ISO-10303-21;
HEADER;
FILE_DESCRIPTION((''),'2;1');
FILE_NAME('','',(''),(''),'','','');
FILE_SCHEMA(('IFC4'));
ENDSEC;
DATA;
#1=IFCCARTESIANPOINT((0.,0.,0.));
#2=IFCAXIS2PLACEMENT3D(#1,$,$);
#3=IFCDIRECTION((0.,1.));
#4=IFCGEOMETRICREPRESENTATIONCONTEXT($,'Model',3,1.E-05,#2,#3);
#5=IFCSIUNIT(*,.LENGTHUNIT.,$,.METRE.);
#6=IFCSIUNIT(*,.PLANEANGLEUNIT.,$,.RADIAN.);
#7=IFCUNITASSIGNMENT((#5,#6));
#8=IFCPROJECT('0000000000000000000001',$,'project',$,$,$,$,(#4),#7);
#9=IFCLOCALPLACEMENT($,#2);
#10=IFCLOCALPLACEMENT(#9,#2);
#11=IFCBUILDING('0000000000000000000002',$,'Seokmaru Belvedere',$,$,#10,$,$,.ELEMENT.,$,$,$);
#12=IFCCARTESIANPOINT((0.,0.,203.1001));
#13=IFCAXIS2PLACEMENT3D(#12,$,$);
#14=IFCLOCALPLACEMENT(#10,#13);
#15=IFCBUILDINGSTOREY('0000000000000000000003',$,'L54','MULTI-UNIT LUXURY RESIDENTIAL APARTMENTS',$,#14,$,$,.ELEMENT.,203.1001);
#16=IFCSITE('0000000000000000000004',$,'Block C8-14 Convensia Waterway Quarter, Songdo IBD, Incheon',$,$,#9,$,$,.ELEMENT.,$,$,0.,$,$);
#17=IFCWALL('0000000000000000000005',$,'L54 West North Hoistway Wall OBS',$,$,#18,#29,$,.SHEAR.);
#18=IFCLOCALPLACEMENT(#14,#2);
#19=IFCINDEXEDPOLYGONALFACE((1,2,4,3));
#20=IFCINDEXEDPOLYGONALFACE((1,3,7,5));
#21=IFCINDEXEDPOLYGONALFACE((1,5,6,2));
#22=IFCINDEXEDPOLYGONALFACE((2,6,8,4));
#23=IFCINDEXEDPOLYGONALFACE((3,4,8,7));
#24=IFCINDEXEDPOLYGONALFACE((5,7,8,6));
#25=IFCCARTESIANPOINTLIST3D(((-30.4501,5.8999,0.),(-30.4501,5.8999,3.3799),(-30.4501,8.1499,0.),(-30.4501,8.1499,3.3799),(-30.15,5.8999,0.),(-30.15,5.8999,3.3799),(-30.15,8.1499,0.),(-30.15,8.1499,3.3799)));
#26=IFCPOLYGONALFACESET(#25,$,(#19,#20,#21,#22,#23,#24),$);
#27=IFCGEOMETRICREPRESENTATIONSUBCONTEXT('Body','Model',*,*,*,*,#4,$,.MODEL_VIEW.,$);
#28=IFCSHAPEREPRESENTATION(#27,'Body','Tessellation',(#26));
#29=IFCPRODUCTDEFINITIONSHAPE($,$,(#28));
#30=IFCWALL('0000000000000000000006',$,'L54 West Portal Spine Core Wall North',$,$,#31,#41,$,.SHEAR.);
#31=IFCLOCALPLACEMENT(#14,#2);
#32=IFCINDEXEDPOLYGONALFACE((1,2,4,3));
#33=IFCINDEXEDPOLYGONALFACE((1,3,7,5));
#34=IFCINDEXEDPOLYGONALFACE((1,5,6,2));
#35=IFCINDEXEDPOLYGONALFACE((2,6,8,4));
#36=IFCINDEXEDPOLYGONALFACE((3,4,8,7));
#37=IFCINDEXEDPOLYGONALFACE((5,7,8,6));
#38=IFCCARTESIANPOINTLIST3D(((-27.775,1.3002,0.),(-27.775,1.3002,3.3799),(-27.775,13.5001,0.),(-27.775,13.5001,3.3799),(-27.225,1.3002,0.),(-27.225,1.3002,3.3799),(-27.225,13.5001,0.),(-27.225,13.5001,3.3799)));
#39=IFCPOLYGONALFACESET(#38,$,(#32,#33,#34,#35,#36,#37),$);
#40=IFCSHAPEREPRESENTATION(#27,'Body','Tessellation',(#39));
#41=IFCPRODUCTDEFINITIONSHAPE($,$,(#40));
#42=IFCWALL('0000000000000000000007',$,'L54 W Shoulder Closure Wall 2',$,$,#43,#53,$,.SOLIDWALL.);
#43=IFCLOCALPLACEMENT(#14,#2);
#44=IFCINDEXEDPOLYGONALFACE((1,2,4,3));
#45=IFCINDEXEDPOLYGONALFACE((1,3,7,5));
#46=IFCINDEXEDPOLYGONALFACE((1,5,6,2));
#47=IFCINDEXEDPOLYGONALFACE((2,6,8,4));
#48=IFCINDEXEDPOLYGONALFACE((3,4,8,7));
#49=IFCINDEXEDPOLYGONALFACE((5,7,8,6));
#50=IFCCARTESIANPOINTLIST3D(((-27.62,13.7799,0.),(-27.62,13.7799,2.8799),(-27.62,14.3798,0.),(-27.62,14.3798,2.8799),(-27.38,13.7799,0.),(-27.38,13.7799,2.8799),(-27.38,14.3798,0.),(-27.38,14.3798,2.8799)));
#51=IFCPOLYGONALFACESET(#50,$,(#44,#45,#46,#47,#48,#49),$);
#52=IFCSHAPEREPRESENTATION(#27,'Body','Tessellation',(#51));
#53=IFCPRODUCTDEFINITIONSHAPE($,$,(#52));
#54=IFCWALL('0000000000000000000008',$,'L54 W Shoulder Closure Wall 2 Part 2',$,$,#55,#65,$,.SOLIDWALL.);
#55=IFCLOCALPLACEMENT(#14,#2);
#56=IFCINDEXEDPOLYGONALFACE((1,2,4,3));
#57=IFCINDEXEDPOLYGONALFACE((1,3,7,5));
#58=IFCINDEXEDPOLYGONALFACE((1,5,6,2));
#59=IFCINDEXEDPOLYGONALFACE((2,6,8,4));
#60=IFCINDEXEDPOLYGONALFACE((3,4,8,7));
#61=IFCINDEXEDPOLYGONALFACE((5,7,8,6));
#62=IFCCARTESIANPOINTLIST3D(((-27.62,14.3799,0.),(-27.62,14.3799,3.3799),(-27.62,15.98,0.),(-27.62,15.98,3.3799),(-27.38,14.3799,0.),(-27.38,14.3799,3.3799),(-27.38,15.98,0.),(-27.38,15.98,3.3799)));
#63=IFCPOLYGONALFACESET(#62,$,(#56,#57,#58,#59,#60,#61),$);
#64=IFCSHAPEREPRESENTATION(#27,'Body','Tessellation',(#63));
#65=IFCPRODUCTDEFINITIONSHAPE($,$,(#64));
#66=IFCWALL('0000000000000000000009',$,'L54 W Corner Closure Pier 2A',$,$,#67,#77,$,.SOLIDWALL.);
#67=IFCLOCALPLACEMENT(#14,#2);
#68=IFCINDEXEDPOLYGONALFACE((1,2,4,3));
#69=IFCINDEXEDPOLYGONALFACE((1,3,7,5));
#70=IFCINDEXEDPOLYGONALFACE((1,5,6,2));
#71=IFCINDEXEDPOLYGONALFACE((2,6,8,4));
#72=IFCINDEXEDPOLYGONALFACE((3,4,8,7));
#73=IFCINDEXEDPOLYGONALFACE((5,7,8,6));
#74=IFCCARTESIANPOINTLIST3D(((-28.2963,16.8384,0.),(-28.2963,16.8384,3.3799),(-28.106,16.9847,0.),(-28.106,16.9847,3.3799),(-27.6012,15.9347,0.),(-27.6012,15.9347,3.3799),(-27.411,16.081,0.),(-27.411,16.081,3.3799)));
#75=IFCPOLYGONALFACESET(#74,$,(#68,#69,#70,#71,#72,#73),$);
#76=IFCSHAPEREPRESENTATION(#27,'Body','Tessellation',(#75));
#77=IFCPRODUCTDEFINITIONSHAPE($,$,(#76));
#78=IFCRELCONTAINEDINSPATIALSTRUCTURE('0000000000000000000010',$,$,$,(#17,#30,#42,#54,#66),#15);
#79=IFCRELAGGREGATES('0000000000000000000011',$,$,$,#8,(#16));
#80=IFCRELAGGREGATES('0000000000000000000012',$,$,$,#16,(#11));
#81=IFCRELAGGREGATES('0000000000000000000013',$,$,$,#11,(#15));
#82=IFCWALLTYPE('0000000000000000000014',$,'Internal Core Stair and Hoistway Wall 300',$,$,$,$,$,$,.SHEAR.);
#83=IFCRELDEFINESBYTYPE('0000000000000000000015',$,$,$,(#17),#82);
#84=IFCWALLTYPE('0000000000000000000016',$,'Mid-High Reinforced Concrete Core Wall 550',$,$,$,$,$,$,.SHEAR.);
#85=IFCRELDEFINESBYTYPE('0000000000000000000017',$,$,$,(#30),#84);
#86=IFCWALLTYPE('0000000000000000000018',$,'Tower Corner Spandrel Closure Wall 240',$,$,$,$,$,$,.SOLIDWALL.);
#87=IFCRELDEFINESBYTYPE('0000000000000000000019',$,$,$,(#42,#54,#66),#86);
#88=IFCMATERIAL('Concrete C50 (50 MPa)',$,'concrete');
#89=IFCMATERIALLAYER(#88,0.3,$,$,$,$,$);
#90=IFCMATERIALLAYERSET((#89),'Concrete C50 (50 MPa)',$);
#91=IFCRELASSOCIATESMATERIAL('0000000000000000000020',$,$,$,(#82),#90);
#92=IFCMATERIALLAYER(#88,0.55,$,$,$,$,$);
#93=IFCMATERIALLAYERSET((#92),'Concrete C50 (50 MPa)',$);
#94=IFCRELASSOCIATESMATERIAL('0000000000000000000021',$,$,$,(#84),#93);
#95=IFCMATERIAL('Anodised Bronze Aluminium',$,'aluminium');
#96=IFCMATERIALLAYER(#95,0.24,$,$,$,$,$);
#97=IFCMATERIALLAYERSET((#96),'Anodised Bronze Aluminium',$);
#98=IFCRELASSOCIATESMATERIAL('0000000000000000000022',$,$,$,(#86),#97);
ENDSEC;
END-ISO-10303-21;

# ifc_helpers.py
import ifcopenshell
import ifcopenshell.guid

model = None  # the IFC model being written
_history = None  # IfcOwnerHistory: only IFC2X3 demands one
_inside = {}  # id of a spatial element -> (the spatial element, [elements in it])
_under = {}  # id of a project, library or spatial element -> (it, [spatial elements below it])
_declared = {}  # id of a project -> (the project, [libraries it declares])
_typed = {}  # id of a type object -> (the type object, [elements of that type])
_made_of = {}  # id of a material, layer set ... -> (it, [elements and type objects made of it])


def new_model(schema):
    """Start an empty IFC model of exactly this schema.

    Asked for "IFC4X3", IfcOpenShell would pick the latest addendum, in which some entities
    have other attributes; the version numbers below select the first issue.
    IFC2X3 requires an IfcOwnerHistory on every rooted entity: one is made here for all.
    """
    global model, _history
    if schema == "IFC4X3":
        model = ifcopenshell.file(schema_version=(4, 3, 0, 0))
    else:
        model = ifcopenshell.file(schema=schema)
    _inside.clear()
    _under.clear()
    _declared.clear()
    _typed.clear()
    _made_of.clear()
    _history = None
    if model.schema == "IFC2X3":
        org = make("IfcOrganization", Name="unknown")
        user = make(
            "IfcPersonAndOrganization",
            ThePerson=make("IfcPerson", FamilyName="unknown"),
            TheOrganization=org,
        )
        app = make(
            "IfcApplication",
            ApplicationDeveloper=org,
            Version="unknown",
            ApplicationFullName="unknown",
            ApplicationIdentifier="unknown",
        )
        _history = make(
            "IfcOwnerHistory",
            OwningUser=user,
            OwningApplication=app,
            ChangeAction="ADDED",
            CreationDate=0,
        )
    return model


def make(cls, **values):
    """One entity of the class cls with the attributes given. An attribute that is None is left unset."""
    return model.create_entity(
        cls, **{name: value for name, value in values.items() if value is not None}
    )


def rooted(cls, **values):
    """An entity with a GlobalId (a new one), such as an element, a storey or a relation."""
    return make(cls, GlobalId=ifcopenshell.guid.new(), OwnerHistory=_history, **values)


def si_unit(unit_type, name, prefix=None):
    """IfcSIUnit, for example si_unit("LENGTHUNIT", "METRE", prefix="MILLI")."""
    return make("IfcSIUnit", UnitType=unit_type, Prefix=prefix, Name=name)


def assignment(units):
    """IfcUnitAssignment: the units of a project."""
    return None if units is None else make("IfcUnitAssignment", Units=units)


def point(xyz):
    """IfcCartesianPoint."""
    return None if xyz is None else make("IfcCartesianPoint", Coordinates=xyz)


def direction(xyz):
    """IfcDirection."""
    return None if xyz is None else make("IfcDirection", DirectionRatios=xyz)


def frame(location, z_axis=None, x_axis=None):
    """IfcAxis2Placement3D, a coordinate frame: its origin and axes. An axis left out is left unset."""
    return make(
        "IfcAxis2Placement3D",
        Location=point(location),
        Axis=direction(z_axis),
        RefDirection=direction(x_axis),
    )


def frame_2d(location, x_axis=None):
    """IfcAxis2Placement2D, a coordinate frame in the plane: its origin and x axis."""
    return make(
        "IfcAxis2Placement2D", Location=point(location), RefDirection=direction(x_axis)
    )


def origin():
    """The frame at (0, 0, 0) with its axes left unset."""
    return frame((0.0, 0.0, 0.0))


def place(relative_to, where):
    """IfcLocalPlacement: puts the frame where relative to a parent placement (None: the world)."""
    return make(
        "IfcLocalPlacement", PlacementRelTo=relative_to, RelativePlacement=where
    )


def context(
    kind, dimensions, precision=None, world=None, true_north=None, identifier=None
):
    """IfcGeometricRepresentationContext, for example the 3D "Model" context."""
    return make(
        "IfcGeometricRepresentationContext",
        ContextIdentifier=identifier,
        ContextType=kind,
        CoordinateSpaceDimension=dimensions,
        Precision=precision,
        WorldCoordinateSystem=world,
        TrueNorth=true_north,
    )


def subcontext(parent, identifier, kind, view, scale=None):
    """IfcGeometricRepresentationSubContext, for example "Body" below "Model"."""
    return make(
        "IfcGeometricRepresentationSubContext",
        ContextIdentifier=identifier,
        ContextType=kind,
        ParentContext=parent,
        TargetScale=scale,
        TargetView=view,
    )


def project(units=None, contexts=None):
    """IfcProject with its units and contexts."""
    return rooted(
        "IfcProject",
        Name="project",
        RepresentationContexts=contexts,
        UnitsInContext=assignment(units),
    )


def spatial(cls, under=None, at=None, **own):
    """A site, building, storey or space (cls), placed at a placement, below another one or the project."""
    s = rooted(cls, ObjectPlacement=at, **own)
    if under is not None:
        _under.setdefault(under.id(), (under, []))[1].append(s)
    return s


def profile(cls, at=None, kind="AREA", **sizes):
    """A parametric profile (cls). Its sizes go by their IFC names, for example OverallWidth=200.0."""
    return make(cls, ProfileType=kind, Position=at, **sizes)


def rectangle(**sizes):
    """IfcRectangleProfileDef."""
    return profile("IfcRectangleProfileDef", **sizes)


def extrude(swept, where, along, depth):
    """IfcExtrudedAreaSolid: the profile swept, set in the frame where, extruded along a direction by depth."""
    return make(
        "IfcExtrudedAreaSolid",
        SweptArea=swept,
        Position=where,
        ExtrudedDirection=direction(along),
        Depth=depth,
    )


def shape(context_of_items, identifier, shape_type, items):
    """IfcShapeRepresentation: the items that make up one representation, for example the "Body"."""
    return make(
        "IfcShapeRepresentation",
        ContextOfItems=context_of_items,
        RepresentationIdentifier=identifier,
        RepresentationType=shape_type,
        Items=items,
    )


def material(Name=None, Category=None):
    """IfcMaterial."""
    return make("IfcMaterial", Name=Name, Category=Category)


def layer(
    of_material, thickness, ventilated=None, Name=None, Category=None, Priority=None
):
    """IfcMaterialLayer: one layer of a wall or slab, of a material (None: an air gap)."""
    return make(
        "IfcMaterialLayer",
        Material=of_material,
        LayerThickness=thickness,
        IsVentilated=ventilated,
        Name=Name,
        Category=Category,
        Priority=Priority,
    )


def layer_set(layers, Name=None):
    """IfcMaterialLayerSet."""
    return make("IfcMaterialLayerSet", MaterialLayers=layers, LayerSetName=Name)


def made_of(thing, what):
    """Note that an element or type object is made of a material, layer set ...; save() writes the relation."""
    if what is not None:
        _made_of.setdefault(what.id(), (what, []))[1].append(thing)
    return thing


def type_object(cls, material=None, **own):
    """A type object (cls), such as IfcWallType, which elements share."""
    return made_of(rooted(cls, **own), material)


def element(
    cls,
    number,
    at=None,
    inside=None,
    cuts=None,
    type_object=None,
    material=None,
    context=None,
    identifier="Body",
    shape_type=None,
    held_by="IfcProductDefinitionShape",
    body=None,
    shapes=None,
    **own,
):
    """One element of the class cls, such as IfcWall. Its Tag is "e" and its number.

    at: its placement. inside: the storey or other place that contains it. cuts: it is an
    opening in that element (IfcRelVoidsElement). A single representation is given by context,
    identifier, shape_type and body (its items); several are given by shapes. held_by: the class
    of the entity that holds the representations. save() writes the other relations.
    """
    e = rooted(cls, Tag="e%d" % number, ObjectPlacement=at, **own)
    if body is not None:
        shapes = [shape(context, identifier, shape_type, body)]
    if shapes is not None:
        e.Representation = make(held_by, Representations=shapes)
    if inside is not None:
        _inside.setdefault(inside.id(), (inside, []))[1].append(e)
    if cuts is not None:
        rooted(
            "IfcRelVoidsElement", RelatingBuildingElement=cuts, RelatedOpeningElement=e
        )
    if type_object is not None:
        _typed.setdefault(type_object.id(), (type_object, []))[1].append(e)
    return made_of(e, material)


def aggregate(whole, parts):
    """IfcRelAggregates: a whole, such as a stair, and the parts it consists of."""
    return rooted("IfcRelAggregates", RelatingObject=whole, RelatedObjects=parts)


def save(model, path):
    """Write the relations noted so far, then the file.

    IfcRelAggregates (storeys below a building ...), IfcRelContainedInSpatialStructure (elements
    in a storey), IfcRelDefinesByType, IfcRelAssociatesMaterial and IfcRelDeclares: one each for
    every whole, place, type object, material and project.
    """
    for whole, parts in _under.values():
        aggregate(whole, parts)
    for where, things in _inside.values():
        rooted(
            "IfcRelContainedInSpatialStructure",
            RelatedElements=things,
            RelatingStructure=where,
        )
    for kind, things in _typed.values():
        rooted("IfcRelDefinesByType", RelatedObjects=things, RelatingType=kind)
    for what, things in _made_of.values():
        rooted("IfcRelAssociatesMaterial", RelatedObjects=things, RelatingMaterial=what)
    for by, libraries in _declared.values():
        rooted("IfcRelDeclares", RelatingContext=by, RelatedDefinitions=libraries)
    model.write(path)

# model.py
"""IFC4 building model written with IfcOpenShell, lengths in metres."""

from ifc_helpers import new_model, si_unit, direction, frame, frame_2d, origin, place, context, subcontext, project, spatial, rectangle, extrude, material, layer, layer_set, type_object, element, save


model = new_model("IFC4")

# Units and contexts
model_context = context("Model", 3, precision=1e-05, world=origin(), true_north=direction((0.0, 1.0)))
body_context = subcontext(model_context, "Body", "Model", "MODEL_VIEW")
ifc_project = project(units=[si_unit("LENGTHUNIT", "METRE"), si_unit("PLANEANGLEUNIT", "RADIAN")], contexts=[model_context])

# Site, building, storey
site_placement = place(None, origin())
site = spatial("IfcSite", under=ifc_project, at=site_placement, Name="Block C8-14 Convensia Waterway Quarter, Songdo IBD, Incheon", CompositionType="ELEMENT", RefElevation=0.0)
building_placement = place(site_placement, origin())
building = spatial("IfcBuilding", under=site, at=building_placement, Name="Seokmaru Belvedere", CompositionType="ELEMENT")
storey_placement = place(building_placement, frame((0.0, 0.0, 203.1001)))
storey = spatial("IfcBuildingStorey", under=building, at=storey_placement, Name="L54", Description="MULTI-UNIT LUXURY RESIDENTIAL APARTMENTS", CompositionType="ELEMENT", Elevation=203.1001)

# Shared definitions
ifc_material_1 = material(Name="Anodised Bronze Aluminium", Category="aluminium")

# Shared definitions
ifc_material_2 = material(Name="Concrete C50 (50 MPa)", Category="concrete")

# Shared definitions
ifc_layer_1 = layer(ifc_material_2, 0.3)
ifc_layer_set_1 = layer_set([ifc_layer_1], Name="Concrete C50 (50 MPa)")
wall_type_1 = type_object("IfcWallType", Name="Internal Core Stair and Hoistway Wall 300", PredefinedType="SHEAR", material=ifc_layer_set_1)

# Wall
wall_1_placement = place(storey_placement, frame((-30.3, 5.8999, 0.0), z_axis=(0.0, 0.0, 1.0), x_axis=(0.0, 1.0, 0.0)))
element("IfcWall", 1, at=wall_1_placement, inside=storey, type_object=wall_type_1, Name="L54 West North Hoistway Wall OBS", PredefinedType="SHEAR", context=body_context, shape_type="SweptSolid", body=[
    extrude(rectangle(XDim=2.25, YDim=0.3, at=frame_2d((1.125, 0.0))), origin(), (0.0, 0.0, 1.0), 3.3799),
])

# Walls
ifc_layer_2 = layer(ifc_material_2, 0.55)
ifc_layer_set_2 = layer_set([ifc_layer_2], Name="Concrete C50 (50 MPa)")
wall_type_2 = type_object("IfcWallType", Name="Mid-High Reinforced Concrete Core Wall 550", PredefinedType="SHEAR", material=ifc_layer_set_2)
wall_2_placement = place(storey_placement, frame((-27.5, 1.3, 0.0), z_axis=(0.0, 0.0, 1.0), x_axis=(0.0, 1.0, 0.0)))
element("IfcWall", 2, at=wall_2_placement, inside=storey, type_object=wall_type_2, Name="L54 West Portal Spine Core Wall North", PredefinedType="SHEAR", context=body_context, shape_type="SweptSolid", body=[
    extrude(rectangle(XDim=12.2, YDim=0.55, at=frame_2d((6.1001, 0.0))), origin(), (0.0, 0.0, 1.0), 3.3799),
])
ifc_layer_3 = layer(ifc_material_1, 0.24)
ifc_layer_set_3 = layer_set([ifc_layer_3], Name="Anodised Bronze Aluminium")
wall_type_3 = type_object("IfcWallType", Name="Tower Corner Spandrel Closure Wall 240", PredefinedType="SOLIDWALL", material=ifc_layer_set_3)
wall_3_placement = place(storey_placement, frame((-27.5, 13.78, 0.0), z_axis=(0.0, 0.0, 1.0), x_axis=(0.0, 1.0, 0.0)))
element("IfcWall", 3, at=wall_3_placement, inside=storey, type_object=wall_type_3, Name="L54 W Shoulder Closure Wall 2", PredefinedType="SOLIDWALL", context=body_context, shape_type="SweptSolid", body=[
    extrude(rectangle(XDim=0.5999, YDim=0.24, at=frame_2d((0.2998, 0.0))), origin(), (0.0, 0.0, 1.0), 2.8799),
])
wall_4_placement = place(storey_placement, frame((-27.5, 14.3799, 0.0), z_axis=(0.0, 0.0, 1.0), x_axis=(0.0, 1.0, 0.0)))
element("IfcWall", 4, at=wall_4_placement, inside=storey, type_object=wall_type_3, Name="L54 W Shoulder Closure Wall 2 Part 2", PredefinedType="SOLIDWALL", context=body_context, shape_type="SweptSolid", body=[
    extrude(rectangle(XDim=1.6001, YDim=0.24, at=frame_2d((0.8, 0.0))), origin(), (0.0, 0.0, 1.0), 3.3799),
])
wall_5_placement = place(storey_placement, frame((-27.5061, 16.0078, 0.0), z_axis=(0.0, 0.0, 1.0), x_axis=(-0.609618, 0.792696, 0.0)))
element("IfcWall", 5, at=wall_5_placement, inside=storey, type_object=wall_type_3, Name="L54 W Corner Closure Pier 2A", PredefinedType="SOLIDWALL", context=body_context, shape_type="SweptSolid", body=[
    extrude(rectangle(XDim=1.1401, YDim=0.24, at=frame_2d((0.5701, 0.0))), origin(), (0.0, 0.0, 1.0), 3.3799),
])

save(model, "model.ifc")
